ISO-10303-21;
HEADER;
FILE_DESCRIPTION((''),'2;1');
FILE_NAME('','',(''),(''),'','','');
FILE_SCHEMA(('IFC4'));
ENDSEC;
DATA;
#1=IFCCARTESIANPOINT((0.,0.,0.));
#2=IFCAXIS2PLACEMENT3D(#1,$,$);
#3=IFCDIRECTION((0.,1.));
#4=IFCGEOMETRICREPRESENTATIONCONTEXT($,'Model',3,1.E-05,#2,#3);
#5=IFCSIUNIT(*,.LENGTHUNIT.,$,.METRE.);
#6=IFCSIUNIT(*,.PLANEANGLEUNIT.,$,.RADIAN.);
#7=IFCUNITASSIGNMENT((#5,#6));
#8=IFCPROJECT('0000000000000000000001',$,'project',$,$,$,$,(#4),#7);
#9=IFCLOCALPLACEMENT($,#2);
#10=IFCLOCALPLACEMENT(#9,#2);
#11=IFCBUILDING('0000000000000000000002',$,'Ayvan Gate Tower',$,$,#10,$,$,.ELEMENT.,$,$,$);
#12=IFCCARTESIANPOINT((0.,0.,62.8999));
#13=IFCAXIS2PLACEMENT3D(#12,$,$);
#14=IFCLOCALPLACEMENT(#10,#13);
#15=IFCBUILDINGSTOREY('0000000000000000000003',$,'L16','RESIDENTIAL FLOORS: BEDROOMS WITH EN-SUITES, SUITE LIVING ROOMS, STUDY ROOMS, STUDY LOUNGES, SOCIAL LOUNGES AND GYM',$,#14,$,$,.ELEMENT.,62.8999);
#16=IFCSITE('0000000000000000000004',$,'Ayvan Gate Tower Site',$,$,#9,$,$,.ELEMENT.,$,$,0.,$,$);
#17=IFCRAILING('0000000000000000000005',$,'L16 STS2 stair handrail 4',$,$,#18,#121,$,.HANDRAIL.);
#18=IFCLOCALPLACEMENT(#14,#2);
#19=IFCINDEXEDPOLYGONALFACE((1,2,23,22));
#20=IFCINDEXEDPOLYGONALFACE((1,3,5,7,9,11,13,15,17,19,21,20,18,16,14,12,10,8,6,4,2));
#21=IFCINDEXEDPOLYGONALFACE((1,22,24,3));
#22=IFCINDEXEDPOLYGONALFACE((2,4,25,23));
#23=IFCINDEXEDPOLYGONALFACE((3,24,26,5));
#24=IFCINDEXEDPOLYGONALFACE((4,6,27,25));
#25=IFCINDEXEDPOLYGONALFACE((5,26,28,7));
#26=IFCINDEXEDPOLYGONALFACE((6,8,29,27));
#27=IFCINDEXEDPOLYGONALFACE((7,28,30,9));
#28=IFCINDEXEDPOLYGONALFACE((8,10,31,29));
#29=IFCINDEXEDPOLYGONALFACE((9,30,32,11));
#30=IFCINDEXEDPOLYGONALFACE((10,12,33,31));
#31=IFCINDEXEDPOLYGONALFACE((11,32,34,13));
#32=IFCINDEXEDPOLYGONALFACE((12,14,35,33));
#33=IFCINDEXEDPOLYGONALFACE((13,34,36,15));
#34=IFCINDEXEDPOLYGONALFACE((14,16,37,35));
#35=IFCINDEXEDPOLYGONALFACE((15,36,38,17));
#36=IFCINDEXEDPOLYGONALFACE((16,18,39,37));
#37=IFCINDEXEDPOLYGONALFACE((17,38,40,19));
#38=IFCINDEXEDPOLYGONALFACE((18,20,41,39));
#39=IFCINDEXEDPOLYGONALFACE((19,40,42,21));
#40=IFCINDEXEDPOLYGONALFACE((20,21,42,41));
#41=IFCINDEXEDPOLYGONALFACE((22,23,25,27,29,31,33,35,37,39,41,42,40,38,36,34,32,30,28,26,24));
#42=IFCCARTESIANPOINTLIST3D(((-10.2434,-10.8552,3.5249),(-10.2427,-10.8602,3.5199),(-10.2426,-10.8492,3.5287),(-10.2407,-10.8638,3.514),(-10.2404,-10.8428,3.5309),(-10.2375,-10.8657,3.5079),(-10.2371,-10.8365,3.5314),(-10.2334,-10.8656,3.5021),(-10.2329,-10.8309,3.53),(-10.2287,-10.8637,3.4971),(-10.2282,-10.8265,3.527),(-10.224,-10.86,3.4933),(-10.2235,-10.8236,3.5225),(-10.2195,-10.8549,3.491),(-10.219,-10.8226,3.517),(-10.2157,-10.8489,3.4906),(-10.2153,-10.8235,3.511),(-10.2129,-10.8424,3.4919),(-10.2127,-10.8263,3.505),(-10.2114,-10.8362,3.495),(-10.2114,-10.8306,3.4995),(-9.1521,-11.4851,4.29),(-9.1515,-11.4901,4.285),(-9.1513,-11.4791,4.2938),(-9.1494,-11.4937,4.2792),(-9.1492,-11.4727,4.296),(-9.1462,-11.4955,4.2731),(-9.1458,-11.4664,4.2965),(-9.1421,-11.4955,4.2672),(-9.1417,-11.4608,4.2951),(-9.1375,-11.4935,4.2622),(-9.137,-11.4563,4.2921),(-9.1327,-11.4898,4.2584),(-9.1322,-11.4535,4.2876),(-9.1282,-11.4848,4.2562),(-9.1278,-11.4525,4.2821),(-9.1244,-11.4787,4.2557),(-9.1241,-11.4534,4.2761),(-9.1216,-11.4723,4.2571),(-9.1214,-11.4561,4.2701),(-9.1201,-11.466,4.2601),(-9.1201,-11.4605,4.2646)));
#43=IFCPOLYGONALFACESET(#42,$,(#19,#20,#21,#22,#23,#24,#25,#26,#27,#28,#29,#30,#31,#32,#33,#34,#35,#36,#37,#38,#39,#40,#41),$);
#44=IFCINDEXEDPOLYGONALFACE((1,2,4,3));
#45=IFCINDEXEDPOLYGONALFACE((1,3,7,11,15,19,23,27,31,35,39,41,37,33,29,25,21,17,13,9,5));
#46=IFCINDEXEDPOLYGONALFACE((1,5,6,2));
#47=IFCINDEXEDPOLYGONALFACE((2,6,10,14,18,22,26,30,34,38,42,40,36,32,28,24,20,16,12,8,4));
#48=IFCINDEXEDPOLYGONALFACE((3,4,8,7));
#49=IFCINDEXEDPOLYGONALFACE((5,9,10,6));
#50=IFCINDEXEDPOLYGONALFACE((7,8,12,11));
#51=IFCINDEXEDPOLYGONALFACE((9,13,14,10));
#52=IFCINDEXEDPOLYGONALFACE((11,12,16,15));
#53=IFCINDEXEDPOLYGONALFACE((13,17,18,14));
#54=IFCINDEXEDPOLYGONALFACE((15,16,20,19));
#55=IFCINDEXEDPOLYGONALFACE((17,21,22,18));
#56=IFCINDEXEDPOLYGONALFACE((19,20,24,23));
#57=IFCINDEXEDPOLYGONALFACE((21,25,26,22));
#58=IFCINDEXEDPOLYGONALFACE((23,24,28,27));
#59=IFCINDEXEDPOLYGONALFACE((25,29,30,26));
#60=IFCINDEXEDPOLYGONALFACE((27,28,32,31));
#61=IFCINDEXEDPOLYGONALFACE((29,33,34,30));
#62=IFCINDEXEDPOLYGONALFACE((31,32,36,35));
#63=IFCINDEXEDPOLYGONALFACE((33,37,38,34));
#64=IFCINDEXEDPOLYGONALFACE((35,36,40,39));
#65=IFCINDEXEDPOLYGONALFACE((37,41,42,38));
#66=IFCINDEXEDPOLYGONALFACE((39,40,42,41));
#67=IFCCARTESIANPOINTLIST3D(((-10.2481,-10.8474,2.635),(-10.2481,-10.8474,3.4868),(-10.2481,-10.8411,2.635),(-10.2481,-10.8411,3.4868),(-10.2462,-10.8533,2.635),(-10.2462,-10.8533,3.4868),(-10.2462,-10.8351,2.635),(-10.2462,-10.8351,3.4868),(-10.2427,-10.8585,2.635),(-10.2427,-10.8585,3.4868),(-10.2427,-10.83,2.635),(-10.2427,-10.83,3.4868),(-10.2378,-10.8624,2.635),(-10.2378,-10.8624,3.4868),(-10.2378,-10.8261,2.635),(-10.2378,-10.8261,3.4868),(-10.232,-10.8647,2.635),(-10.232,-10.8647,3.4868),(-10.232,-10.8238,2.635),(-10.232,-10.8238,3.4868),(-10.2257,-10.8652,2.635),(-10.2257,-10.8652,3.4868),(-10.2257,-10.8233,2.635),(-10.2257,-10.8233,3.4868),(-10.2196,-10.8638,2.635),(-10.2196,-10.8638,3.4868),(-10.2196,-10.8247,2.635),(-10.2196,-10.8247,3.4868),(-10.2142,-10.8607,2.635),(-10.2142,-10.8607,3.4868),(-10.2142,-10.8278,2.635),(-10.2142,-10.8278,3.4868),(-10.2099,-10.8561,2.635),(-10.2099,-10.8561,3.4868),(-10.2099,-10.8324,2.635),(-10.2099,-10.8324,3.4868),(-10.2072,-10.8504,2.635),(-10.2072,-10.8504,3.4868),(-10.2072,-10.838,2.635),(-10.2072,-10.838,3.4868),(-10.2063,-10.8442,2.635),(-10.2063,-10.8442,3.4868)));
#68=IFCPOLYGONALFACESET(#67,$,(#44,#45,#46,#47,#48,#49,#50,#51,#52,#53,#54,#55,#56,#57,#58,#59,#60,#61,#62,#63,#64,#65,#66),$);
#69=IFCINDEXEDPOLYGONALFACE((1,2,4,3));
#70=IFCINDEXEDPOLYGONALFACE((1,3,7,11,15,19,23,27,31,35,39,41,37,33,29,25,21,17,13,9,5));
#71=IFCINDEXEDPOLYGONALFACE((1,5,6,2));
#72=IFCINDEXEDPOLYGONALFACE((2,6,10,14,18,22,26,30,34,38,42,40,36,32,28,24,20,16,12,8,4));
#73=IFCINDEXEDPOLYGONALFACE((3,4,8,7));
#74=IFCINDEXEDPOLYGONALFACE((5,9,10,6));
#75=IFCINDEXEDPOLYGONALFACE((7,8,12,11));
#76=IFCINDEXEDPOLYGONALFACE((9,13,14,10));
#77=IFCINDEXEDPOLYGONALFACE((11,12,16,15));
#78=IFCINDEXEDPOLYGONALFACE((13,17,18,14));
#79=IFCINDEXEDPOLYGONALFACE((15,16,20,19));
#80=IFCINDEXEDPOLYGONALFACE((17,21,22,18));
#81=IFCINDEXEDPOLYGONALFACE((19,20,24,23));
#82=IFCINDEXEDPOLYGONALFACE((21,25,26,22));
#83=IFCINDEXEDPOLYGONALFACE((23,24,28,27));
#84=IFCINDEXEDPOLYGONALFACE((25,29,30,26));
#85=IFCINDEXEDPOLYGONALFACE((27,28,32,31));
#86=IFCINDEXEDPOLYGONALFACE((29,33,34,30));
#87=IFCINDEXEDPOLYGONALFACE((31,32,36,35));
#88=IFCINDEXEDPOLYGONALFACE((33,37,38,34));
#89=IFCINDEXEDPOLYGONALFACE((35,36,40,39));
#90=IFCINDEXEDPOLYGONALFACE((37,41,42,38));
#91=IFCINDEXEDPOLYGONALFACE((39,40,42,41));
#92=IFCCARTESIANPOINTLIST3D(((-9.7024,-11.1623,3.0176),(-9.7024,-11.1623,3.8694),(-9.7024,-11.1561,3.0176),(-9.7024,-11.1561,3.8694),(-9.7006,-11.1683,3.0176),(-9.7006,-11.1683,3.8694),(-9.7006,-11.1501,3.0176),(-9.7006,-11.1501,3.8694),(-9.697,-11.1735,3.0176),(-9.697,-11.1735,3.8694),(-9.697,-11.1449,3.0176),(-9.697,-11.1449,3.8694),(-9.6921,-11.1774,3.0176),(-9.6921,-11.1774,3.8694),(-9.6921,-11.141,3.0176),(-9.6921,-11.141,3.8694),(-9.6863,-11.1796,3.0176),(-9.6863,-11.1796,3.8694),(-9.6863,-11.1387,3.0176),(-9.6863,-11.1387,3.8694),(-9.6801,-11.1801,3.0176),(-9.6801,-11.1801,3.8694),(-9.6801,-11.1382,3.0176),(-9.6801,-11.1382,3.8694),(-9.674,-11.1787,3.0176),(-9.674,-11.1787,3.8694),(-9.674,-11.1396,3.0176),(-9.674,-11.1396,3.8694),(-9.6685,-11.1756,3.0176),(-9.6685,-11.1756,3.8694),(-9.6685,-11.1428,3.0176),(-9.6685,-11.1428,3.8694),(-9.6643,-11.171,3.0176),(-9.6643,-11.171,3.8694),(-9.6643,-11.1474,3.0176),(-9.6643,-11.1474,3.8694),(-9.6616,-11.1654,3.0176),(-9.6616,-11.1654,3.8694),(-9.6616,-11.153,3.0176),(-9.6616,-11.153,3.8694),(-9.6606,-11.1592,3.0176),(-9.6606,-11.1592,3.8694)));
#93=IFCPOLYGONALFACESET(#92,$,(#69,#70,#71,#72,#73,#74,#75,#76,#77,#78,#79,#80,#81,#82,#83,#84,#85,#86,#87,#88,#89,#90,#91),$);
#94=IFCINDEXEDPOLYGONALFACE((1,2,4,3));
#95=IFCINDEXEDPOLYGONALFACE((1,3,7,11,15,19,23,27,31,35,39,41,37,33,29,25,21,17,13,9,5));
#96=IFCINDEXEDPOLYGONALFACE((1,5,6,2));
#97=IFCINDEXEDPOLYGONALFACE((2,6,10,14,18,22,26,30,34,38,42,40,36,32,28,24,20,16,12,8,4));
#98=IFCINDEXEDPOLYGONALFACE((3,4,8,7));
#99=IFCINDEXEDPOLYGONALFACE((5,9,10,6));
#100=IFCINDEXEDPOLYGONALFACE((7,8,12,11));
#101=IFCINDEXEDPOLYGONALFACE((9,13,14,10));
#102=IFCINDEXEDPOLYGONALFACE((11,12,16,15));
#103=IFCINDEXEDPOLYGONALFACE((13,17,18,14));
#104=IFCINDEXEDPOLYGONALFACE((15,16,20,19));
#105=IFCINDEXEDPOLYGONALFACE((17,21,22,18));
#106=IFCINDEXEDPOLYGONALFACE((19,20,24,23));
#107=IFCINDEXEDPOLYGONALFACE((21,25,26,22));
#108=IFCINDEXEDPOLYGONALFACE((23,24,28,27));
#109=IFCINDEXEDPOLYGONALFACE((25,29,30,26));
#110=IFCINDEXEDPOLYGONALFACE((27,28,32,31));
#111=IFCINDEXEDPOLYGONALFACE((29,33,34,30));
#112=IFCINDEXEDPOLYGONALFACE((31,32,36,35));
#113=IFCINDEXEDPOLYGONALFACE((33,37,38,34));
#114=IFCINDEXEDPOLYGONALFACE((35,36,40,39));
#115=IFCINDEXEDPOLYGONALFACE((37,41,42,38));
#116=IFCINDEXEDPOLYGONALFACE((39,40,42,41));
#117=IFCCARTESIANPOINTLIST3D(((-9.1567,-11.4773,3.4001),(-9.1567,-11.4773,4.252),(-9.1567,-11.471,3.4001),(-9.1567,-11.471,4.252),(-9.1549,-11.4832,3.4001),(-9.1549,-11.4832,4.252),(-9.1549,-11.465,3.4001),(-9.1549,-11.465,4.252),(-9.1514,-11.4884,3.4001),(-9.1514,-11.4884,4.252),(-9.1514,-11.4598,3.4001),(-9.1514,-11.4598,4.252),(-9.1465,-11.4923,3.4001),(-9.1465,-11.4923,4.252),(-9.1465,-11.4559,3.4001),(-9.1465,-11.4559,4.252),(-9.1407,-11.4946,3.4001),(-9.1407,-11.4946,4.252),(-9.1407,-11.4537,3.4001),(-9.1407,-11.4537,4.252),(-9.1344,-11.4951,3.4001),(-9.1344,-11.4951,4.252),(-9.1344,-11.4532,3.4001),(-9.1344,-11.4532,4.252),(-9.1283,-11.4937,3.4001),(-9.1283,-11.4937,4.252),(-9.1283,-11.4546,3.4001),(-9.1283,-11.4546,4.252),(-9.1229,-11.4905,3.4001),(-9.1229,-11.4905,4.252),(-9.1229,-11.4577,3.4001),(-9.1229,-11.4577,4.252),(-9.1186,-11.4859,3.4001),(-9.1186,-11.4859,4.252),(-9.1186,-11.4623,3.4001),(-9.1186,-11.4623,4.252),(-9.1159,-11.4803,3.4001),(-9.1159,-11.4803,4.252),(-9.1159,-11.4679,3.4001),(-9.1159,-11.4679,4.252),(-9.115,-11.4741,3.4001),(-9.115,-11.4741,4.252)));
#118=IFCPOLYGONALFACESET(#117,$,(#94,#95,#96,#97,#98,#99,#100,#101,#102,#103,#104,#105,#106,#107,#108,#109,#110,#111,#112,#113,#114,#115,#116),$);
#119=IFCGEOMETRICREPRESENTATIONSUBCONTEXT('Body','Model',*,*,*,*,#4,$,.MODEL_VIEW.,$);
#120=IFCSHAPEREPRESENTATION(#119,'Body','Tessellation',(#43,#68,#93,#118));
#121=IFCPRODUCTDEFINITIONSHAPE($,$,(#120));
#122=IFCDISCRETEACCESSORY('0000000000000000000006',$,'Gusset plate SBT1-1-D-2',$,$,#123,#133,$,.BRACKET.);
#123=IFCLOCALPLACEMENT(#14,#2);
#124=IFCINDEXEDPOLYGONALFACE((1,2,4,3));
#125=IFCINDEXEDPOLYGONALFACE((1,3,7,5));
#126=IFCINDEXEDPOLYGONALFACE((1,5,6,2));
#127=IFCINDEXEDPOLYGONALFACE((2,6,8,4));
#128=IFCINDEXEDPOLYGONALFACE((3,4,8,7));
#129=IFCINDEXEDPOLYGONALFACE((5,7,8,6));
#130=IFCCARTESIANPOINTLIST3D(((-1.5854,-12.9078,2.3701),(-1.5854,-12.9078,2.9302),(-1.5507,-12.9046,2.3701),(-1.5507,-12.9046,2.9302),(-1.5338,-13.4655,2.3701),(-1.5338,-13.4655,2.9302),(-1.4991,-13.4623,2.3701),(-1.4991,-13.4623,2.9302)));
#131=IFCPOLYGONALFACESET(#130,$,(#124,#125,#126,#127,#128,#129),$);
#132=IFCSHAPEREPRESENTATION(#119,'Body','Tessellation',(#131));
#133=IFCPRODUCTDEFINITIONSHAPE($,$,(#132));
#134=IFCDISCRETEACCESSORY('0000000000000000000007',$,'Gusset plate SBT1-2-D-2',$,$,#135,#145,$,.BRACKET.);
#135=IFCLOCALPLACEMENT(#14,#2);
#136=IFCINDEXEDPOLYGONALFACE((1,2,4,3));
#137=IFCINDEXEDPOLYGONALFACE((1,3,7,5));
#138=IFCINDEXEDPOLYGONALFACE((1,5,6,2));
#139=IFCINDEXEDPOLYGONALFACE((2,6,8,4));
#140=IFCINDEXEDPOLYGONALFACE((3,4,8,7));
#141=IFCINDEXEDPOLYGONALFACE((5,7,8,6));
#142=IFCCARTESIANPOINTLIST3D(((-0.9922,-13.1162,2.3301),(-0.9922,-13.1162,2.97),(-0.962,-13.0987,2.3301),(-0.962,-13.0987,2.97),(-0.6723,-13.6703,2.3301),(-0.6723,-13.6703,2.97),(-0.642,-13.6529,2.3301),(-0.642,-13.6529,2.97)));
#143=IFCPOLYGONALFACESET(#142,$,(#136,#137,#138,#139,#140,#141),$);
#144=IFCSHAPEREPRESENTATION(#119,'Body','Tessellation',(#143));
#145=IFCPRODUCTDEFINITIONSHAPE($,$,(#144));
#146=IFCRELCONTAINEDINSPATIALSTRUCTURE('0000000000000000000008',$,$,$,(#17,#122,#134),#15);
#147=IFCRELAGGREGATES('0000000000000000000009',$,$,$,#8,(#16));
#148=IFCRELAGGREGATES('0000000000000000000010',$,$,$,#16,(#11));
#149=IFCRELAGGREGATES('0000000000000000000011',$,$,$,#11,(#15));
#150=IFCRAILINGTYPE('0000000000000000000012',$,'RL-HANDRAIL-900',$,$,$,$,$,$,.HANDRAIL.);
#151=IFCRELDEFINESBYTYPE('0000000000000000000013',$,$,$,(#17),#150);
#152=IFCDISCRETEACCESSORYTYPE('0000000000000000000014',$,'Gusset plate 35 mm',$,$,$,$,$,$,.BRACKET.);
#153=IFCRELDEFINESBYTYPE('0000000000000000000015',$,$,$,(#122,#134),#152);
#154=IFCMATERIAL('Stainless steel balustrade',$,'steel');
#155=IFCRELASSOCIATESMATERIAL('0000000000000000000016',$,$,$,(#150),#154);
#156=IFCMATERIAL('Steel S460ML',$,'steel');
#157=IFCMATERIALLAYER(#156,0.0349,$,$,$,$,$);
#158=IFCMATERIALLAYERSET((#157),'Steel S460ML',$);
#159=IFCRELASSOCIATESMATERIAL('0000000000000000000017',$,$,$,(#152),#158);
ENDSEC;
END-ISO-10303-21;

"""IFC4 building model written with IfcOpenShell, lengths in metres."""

from ifc_helpers import new_model, si_unit, direction, frame, origin, origin_2d, place, context, subcontext, project, spatial, rectangle, circle, extrude, material, layer, layer_set, type_object, element, save


model = new_model("IFC4")

# Units and contexts
model_context = context("Model", 3, precision=1e-05, world=origin(), true_north=direction((0.0, 1.0)))
body_context = subcontext(model_context, "Body", "Model", "MODEL_VIEW")
ifc_project = project(units=[si_unit("LENGTHUNIT", "METRE"), si_unit("PLANEANGLEUNIT", "RADIAN")], contexts=[model_context])

# Site, building, storey
site_placement = place(None, origin())
site = spatial("IfcSite", under=ifc_project, at=site_placement, Name="Ayvan Gate Tower Site", CompositionType="ELEMENT", RefElevation=0.0)
building_placement = place(site_placement, origin())
building = spatial("IfcBuilding", under=site, at=building_placement, Name="Ayvan Gate Tower", CompositionType="ELEMENT")
storey_placement = place(building_placement, frame((0.0, 0.0, 62.8999)))
storey = spatial("IfcBuildingStorey", under=building, at=storey_placement, Name="L16", Description="RESIDENTIAL FLOORS: BEDROOMS WITH EN-SUITES, SUITE LIVING ROOMS, STUDY ROOMS, STUDY LOUNGES, SOCIAL LOUNGES AND GYM", CompositionType="ELEMENT", Elevation=62.8999)

# Railing
ifc_material_1 = material(Name="Stainless steel balustrade", Category="steel")
railing_type_1 = type_object("IfcRailingType", Name="RL-HANDRAIL-900", PredefinedType="HANDRAIL", material=ifc_material_1)
railing_1_placement = place(storey_placement, frame((-10.2273, -10.8442, 2.635)))
element("IfcRailing", 1, at=railing_1_placement, inside=storey, type_object=railing_type_1, Name="L16 STS2 stair handrail 4", PredefinedType="HANDRAIL", context=body_context, shape_type="SweptSolid", body=[
    extrude(circle(Radius=0.0239, at=origin_2d()), frame((0.0, 0.0, 0.876), z_axis=(0.740293, -0.427283, 0.519033), x_axis=(0.49989, 0.866089, 0.0)), (0.0, 0.0, 1.0), 1.4741),
    extrude(circle(Radius=0.021, at=origin_2d()), origin(), (0.0, 0.0, 1.0), 0.8518),
    extrude(circle(Radius=0.021, at=origin_2d()), frame((0.5457, -0.3149, 0.3826)), (0.0, 0.0, 1.0), 0.8518),
    extrude(circle(Radius=0.021, at=origin_2d()), frame((1.0913, -0.6299, 0.7651)), (0.0, 0.0, 1.0), 0.8518),
])

# Discrete accessories
ifc_material_2 = material(Name="Steel S460ML", Category="steel")
ifc_layer_1 = layer(ifc_material_2, 0.0349)
ifc_layer_set_1 = layer_set([ifc_layer_1], Name="Steel S460ML")
discrete_accessory_type = type_object("IfcDiscreteAccessoryType", Name="Gusset plate 35 mm", PredefinedType="BRACKET", material=ifc_layer_set_1)
discrete_accessory_1_placement = place(storey_placement, frame((-1.5422, -13.1851, 2.3701), z_axis=(0.0, 0.0, 1.0), x_axis=(-0.092119, 0.995748, 0.0)))
element("IfcDiscreteAccessory", 2, at=discrete_accessory_1_placement, inside=storey, type_object=discrete_accessory_type, Name="Gusset plate SBT1-1-D-2", PredefinedType="BRACKET", context=body_context, shape_type="SweptSolid", body=[
    extrude(rectangle(XDim=0.5601, YDim=0.0349, at=origin_2d()), origin(), (0.0, 0.0, 1.0), 0.5601),
])
discrete_accessory_2_placement = place(storey_placement, frame((-0.8171, -13.3845, 2.3301), z_axis=(0.0, 0.0, 1.0), x_axis=(-0.5, 0.866025, 0.0)))
element("IfcDiscreteAccessory", 3, at=discrete_accessory_2_placement, inside=storey, type_object=discrete_accessory_type, Name="Gusset plate SBT1-2-D-2", PredefinedType="BRACKET", context=body_context, shape_type="SweptSolid", body=[
    extrude(rectangle(XDim=0.6399, YDim=0.0349, at=origin_2d()), origin(), (0.0, 0.0, 1.0), 0.6399),
])

save(model, "model.ifc")
